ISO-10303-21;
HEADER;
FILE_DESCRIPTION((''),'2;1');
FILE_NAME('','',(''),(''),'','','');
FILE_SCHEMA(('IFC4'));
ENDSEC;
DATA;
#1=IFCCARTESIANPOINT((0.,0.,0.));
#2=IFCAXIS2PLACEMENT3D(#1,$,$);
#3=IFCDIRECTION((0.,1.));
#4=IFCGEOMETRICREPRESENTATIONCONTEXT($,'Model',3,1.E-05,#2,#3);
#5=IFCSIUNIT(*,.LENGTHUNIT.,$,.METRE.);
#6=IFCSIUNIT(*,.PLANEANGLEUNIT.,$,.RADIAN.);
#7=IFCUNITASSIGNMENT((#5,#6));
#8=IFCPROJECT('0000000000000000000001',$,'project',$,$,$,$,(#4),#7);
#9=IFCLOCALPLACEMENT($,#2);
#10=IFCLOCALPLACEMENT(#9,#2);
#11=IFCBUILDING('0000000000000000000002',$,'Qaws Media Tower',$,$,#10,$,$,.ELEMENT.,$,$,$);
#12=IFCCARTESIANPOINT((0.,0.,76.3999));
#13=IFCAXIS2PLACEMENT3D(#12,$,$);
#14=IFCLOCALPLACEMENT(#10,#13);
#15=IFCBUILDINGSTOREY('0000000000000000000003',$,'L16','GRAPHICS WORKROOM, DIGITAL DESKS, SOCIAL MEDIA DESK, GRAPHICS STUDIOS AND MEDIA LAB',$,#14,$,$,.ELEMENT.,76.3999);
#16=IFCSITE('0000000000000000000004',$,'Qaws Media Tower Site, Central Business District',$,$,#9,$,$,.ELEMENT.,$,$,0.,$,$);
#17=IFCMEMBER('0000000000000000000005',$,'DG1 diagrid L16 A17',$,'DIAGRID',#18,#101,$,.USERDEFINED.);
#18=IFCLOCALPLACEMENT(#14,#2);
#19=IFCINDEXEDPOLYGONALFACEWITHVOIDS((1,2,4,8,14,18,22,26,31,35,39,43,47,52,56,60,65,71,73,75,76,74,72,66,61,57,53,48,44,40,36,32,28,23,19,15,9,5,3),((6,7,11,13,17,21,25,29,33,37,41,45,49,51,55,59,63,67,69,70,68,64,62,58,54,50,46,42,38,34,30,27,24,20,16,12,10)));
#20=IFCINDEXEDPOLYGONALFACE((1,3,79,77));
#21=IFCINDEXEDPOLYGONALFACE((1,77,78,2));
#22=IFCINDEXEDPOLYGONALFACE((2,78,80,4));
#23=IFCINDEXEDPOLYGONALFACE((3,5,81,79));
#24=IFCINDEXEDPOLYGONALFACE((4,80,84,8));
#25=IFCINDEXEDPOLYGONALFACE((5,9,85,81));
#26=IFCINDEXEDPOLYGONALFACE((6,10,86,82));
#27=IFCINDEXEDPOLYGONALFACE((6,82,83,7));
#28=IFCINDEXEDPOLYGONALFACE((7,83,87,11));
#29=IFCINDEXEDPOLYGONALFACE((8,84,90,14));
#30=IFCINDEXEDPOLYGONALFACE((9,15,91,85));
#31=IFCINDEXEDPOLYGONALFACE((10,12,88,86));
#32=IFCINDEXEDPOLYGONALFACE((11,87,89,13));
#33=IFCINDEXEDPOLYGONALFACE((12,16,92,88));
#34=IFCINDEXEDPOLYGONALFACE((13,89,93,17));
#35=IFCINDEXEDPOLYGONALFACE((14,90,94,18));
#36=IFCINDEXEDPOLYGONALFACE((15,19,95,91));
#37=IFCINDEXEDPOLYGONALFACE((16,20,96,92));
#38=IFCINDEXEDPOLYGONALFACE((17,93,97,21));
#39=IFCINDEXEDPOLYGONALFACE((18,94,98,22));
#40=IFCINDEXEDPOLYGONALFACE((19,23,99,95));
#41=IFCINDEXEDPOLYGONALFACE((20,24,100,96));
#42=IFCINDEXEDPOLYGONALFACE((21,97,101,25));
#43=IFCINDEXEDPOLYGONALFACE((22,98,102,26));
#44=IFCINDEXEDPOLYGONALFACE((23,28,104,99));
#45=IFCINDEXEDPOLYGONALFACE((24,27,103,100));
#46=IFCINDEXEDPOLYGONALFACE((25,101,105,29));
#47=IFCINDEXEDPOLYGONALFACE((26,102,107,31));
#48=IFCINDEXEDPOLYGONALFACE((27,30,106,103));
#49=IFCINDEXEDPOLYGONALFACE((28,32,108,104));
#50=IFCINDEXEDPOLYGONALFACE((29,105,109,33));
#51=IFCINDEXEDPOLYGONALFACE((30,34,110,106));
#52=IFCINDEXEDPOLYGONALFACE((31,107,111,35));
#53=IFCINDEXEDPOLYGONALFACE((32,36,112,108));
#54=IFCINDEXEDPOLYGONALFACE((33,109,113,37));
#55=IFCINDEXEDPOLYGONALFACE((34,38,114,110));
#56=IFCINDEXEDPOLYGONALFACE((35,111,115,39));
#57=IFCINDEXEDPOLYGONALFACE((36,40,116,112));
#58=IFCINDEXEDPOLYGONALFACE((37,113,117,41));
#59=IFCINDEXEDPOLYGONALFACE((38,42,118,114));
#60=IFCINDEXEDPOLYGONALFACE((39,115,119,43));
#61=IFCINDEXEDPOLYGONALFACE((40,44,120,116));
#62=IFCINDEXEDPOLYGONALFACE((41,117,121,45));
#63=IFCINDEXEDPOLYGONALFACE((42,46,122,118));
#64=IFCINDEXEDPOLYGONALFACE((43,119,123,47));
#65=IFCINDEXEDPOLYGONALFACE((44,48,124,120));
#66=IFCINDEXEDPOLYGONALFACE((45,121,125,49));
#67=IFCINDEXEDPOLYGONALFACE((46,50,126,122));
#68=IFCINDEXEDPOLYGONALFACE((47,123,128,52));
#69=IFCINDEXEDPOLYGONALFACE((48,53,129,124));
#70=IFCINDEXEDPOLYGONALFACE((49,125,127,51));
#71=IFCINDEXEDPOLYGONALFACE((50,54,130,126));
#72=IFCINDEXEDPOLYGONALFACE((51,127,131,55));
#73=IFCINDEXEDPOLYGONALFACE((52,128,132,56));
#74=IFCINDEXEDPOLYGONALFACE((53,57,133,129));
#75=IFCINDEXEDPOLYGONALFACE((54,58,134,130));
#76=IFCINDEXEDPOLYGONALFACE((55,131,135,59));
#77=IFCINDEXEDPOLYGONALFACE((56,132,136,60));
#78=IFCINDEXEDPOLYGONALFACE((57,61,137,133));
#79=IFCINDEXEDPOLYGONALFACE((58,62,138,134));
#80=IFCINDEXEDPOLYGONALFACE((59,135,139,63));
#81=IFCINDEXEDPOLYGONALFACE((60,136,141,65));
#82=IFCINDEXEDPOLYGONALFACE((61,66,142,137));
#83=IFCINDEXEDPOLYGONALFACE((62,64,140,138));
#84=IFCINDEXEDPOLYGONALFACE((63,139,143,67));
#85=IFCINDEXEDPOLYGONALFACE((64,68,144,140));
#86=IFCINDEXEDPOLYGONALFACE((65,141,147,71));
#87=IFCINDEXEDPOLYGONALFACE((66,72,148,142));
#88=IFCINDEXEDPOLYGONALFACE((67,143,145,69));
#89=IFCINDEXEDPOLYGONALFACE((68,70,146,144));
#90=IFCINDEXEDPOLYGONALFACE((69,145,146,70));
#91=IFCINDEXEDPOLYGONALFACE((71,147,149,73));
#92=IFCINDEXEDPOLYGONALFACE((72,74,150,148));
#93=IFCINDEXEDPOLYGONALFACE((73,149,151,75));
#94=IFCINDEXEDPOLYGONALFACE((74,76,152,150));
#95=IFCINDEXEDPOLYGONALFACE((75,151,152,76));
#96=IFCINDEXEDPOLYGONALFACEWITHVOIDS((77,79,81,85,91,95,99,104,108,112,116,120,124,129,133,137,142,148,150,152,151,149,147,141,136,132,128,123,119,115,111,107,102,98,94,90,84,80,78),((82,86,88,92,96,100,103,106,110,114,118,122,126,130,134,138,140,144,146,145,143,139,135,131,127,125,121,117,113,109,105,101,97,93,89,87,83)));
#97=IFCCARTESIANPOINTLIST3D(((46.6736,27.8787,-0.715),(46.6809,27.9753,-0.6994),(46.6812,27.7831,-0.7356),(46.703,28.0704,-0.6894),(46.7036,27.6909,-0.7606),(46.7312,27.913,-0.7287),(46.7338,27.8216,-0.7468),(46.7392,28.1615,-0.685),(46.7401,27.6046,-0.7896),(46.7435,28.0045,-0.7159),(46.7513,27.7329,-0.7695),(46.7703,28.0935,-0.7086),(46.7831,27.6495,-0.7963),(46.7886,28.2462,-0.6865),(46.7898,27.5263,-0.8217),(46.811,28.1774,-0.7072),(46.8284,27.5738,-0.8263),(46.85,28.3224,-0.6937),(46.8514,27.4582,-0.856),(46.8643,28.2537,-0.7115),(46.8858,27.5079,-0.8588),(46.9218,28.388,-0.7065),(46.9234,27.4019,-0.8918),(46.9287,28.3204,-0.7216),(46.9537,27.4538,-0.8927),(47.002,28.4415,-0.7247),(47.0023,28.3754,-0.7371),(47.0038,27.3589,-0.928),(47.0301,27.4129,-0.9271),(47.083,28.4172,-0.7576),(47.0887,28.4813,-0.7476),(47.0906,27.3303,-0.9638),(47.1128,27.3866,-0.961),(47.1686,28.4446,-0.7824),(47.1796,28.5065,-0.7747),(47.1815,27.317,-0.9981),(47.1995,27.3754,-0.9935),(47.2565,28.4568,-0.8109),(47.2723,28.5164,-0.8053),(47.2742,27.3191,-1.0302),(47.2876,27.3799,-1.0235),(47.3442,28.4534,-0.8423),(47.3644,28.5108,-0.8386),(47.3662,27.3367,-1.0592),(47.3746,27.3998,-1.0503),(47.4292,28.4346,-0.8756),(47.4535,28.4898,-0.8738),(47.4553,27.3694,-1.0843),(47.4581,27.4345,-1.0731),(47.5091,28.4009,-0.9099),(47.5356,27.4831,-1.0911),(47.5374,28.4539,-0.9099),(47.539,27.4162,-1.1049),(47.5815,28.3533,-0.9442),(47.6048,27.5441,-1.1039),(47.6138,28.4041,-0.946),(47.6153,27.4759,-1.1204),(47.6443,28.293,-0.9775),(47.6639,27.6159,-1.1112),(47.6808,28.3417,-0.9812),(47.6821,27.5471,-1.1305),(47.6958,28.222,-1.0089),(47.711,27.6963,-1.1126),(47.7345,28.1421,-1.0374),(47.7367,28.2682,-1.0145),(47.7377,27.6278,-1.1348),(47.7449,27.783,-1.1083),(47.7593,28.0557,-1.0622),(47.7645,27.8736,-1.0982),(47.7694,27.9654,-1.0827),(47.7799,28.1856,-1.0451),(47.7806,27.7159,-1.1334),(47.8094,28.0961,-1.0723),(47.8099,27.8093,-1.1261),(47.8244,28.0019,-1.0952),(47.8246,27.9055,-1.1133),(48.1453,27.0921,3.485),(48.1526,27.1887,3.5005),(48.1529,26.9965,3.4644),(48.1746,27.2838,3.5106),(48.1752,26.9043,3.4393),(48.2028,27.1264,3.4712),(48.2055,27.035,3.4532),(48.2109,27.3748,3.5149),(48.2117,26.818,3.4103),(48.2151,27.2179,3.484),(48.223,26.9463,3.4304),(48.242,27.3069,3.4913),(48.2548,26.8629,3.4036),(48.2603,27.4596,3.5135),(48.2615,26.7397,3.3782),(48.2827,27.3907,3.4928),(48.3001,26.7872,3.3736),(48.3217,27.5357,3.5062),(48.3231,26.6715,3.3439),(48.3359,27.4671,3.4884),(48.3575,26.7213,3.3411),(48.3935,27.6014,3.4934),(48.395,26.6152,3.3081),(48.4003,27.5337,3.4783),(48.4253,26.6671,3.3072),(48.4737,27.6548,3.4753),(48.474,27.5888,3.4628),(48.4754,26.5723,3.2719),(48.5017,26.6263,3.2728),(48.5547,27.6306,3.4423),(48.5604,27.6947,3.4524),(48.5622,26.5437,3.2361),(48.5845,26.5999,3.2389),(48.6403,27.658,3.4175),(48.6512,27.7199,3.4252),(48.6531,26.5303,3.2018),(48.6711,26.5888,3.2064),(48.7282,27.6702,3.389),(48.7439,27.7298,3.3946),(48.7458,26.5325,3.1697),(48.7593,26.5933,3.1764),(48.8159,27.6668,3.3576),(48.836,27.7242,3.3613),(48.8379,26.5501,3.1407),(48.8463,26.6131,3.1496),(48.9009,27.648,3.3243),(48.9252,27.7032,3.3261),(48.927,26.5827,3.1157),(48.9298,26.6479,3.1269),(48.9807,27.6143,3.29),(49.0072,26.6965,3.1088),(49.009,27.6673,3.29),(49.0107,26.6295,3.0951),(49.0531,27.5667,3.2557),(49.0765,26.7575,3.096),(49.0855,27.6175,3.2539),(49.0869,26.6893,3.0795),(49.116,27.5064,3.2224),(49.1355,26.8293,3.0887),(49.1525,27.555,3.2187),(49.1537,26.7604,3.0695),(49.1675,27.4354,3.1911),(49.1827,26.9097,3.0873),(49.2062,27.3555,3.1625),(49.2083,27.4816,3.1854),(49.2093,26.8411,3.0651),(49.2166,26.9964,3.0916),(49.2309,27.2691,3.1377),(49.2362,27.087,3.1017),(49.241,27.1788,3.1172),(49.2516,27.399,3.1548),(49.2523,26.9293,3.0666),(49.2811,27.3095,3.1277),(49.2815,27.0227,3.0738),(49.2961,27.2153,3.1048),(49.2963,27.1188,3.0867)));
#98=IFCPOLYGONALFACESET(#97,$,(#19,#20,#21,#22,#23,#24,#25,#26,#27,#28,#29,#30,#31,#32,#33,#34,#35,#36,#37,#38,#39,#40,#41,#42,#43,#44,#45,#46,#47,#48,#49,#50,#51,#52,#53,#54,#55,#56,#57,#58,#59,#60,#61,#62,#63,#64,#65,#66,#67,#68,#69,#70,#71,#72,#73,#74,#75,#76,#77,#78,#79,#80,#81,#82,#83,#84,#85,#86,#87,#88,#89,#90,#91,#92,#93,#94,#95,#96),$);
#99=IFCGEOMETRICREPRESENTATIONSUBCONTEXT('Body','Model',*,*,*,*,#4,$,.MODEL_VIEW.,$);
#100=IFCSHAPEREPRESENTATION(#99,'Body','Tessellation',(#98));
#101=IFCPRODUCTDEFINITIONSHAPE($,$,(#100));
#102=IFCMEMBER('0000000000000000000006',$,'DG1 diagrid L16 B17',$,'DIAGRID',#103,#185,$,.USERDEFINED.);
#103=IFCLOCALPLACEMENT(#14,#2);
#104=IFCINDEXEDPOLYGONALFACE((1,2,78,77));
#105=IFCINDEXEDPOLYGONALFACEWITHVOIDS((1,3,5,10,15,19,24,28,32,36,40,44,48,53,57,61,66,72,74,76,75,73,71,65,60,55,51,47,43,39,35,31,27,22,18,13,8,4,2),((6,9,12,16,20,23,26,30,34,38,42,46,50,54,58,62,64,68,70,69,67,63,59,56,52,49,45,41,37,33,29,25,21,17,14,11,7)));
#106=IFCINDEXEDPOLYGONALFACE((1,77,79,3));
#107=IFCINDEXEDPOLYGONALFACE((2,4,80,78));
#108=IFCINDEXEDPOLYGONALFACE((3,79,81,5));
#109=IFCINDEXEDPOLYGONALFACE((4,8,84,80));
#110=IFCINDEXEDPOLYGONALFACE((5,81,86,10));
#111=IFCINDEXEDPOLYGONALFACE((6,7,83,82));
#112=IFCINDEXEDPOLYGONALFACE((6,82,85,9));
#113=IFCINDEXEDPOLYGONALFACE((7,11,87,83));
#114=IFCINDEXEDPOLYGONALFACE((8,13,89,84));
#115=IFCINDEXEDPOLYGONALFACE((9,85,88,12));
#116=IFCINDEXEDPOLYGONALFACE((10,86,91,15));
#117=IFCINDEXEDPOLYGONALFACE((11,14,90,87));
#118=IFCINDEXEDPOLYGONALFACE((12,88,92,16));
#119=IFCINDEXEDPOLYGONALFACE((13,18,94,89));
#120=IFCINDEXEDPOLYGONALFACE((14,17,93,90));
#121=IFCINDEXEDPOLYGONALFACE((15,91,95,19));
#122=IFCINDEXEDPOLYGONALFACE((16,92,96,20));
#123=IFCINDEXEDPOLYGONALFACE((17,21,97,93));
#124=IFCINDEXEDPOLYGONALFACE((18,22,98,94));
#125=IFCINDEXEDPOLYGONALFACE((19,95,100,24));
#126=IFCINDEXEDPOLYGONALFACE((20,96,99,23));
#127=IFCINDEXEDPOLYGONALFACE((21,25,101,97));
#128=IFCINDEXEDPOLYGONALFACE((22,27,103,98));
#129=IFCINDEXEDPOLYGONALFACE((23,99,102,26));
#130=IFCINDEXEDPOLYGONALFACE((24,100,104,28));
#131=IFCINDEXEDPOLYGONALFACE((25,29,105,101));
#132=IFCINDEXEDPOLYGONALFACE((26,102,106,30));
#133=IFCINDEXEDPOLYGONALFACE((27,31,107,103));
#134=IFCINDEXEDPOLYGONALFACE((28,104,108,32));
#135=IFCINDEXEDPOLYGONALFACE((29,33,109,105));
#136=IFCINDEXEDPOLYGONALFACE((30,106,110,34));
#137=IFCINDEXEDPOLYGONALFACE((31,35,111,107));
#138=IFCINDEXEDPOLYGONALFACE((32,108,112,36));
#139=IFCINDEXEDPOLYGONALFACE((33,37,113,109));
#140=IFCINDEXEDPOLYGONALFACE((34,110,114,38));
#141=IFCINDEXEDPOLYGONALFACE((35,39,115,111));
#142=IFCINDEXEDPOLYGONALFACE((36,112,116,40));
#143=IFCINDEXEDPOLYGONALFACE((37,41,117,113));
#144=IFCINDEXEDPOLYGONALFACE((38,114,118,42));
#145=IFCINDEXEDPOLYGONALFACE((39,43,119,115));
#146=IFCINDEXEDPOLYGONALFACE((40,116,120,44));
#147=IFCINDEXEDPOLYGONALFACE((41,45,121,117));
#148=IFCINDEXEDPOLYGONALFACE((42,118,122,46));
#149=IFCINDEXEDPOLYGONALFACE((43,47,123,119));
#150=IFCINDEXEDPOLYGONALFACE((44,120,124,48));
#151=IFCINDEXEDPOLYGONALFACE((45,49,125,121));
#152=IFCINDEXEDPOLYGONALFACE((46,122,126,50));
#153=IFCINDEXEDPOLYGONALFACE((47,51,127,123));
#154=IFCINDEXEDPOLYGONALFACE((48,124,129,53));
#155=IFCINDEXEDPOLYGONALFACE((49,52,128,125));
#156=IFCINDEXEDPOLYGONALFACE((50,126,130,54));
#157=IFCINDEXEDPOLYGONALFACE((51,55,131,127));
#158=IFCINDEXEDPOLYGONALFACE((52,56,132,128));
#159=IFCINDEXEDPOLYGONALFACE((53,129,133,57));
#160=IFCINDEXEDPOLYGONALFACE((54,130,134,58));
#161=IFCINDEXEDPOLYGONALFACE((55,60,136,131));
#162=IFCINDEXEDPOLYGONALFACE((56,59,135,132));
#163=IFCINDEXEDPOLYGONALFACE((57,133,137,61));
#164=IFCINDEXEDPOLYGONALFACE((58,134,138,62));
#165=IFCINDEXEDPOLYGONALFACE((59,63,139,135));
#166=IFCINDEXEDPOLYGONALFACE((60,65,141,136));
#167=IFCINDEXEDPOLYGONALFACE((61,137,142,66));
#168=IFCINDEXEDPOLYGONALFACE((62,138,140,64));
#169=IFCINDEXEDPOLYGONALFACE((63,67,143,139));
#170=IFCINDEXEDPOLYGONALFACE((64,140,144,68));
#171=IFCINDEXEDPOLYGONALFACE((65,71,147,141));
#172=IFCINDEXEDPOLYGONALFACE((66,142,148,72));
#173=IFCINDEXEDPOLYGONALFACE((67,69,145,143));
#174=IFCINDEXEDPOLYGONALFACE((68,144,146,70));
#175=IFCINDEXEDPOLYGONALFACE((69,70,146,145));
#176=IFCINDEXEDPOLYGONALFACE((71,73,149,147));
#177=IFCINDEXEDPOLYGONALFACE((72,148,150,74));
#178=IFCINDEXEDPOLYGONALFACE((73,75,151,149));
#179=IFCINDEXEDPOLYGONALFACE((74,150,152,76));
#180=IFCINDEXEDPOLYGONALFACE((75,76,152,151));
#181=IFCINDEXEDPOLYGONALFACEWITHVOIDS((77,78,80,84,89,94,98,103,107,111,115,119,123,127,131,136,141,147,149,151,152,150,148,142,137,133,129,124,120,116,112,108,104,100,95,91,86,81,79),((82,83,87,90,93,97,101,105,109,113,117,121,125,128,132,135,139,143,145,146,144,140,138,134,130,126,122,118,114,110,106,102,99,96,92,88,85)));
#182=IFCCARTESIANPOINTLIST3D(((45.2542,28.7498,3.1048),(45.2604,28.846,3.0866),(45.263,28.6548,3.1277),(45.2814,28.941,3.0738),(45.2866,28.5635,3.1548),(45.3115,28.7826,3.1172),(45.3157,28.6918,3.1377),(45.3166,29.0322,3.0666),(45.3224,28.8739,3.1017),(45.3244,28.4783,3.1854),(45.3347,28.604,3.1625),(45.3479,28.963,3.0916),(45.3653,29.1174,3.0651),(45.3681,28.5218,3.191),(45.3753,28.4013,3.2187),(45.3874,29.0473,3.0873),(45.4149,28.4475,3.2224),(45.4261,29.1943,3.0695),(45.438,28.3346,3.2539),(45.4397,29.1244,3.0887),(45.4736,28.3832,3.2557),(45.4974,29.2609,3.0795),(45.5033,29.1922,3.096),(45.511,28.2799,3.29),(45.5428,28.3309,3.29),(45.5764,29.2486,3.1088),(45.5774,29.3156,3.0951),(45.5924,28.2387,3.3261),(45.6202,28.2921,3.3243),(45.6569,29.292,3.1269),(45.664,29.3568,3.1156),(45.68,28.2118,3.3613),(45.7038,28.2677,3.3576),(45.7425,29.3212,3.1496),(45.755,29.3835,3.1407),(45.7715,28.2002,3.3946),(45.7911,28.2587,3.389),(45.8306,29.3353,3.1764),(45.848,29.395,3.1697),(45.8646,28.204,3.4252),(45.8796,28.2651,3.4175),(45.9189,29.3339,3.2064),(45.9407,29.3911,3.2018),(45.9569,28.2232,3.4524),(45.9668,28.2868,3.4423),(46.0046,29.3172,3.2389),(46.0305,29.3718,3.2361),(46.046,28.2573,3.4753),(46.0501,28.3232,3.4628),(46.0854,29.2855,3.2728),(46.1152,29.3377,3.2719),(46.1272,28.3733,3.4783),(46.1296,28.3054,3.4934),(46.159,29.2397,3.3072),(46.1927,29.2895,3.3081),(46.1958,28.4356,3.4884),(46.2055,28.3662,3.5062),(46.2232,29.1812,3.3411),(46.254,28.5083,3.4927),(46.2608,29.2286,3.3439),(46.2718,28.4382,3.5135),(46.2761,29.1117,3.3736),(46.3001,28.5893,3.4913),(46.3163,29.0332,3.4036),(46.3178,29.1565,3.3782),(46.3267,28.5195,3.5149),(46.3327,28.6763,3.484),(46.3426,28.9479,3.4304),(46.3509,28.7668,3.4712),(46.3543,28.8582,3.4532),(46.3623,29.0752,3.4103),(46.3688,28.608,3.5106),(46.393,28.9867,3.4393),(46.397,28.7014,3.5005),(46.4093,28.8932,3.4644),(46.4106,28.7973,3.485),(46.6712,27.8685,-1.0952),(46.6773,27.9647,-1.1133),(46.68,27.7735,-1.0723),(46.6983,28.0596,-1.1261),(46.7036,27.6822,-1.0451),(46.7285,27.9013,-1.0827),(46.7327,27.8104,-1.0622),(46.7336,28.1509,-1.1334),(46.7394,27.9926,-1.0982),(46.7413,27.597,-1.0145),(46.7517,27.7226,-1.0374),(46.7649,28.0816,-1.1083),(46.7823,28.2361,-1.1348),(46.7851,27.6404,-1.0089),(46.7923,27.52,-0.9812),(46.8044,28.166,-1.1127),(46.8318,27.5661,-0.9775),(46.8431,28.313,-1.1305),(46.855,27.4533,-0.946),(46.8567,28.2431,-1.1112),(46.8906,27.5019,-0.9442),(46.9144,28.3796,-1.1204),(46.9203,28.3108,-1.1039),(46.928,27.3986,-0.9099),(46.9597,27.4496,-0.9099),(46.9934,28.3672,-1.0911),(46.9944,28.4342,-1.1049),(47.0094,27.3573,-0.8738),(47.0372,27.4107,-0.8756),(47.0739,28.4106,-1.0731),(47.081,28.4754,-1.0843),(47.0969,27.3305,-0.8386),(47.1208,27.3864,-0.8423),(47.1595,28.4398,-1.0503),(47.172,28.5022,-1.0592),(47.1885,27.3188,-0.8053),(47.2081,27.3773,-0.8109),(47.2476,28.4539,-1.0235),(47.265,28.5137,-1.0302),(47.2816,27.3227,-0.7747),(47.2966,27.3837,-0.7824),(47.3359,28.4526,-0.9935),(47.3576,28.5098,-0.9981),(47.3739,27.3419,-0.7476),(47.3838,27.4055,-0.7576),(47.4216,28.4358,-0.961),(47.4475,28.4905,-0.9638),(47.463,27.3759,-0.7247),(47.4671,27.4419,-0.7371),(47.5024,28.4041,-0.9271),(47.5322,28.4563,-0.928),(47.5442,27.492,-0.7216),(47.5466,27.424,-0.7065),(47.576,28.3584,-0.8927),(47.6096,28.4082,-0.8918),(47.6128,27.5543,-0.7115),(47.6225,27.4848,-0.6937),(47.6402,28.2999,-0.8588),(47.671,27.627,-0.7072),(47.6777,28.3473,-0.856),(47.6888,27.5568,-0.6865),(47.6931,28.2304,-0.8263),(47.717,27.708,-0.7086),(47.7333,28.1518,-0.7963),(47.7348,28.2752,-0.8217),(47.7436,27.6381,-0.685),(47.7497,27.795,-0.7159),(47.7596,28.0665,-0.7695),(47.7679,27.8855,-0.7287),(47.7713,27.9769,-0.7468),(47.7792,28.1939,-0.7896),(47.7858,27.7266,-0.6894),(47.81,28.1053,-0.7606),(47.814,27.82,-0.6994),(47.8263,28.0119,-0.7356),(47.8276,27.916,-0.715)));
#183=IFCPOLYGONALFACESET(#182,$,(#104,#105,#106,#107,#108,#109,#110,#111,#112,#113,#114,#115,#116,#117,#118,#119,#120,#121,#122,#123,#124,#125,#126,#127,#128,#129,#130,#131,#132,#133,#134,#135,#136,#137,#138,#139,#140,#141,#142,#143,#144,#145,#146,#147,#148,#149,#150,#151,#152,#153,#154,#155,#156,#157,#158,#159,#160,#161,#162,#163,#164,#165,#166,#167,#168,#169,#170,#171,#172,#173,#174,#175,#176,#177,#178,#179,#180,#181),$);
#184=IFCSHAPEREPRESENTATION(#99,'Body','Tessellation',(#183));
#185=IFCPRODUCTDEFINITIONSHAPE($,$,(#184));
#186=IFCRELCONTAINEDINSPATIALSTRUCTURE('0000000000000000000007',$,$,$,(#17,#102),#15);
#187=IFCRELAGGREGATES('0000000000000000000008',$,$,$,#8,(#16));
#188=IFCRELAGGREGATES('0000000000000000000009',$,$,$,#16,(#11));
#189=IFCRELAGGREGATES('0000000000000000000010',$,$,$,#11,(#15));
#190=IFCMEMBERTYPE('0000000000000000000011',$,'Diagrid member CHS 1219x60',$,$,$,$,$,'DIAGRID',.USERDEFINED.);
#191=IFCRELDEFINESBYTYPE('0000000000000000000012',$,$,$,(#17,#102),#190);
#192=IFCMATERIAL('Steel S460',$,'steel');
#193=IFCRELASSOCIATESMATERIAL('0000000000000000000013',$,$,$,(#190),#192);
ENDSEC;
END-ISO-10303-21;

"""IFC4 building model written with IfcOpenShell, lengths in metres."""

from ifc_helpers import new_model, si_unit, direction, frame, origin, origin_2d, place, context, subcontext, project, spatial, hollow_circle, extrude, material, material_profile, profile_set, type_object, element, save


model = new_model("IFC4")

# Units and contexts
model_context = context("Model", 3, precision=1e-05, world=origin(), true_north=direction((0.0, 1.0)))
body_context = subcontext(model_context, "Body", "Model", "MODEL_VIEW")
ifc_project = project(units=[si_unit("LENGTHUNIT", "METRE"), si_unit("PLANEANGLEUNIT", "RADIAN")], contexts=[model_context])

# Site, building, storey
site_placement = place(None, origin())
site = spatial("IfcSite", under=ifc_project, at=site_placement, Name="Qaws Media Tower Site, Central Business District", CompositionType="ELEMENT", RefElevation=0.0)
building_placement = place(site_placement, origin())
building = spatial("IfcBuilding", under=site, at=building_placement, Name="Qaws Media Tower", CompositionType="ELEMENT")
storey_placement = place(building_placement, frame((0.0, 0.0, 76.3999)))
storey = spatial("IfcBuildingStorey", under=building, at=storey_placement, Name="L16", Description="GRAPHICS WORKROOM, DIGITAL DESKS, SOCIAL MEDIA DESK, GRAPHICS STUDIOS AND MEDIA LAB", CompositionType="ELEMENT", Elevation=76.3999)

# Members
ifc_material_1 = material(Name="Steel S460", Category="steel")
ifc_material_profile_1 = material_profile(ifc_material_1, hollow_circle(Radius=0.6096, WallThickness=0.0601, at=origin_2d()), Name="CHS 1219x60")
ifc_profile_set_1 = profile_set([ifc_material_profile_1], Name="Steel S460")
member_type_1 = type_object("IfcMemberType", Name="Diagrid member CHS 1219x60", ElementType="DIAGRID", PredefinedType="USERDEFINED", material=ifc_profile_set_1)
for number, where, z_axis, x_axis, name in (
    (1, (47.25, 27.9163, -0.9099), (0.325642, -0.174058, 0.929334), (0.471393, 0.881923, 0.0), "DG1 diagrid L16 A17"),
    (2, (47.25, 27.9163, -0.9099), (-0.313541, 0.195018, 0.929333), (-0.528157, -0.849147, 0.0), "DG1 diagrid L16 B17"),
):
    element("IfcMember", number, at=place(storey_placement, frame(where, z_axis=z_axis, x_axis=x_axis)), inside=storey, type_object=member_type_1, Name=name, ObjectType="DIAGRID", PredefinedType="USERDEFINED", context=body_context, shape_type="SweptSolid", body=[
        extrude(hollow_circle(Radius=0.6096, WallThickness=0.0601, at=origin_2d()), origin(), (0.0, 0.0, 1.0), 4.5193),
    ])

save(model, "model.ifc")
